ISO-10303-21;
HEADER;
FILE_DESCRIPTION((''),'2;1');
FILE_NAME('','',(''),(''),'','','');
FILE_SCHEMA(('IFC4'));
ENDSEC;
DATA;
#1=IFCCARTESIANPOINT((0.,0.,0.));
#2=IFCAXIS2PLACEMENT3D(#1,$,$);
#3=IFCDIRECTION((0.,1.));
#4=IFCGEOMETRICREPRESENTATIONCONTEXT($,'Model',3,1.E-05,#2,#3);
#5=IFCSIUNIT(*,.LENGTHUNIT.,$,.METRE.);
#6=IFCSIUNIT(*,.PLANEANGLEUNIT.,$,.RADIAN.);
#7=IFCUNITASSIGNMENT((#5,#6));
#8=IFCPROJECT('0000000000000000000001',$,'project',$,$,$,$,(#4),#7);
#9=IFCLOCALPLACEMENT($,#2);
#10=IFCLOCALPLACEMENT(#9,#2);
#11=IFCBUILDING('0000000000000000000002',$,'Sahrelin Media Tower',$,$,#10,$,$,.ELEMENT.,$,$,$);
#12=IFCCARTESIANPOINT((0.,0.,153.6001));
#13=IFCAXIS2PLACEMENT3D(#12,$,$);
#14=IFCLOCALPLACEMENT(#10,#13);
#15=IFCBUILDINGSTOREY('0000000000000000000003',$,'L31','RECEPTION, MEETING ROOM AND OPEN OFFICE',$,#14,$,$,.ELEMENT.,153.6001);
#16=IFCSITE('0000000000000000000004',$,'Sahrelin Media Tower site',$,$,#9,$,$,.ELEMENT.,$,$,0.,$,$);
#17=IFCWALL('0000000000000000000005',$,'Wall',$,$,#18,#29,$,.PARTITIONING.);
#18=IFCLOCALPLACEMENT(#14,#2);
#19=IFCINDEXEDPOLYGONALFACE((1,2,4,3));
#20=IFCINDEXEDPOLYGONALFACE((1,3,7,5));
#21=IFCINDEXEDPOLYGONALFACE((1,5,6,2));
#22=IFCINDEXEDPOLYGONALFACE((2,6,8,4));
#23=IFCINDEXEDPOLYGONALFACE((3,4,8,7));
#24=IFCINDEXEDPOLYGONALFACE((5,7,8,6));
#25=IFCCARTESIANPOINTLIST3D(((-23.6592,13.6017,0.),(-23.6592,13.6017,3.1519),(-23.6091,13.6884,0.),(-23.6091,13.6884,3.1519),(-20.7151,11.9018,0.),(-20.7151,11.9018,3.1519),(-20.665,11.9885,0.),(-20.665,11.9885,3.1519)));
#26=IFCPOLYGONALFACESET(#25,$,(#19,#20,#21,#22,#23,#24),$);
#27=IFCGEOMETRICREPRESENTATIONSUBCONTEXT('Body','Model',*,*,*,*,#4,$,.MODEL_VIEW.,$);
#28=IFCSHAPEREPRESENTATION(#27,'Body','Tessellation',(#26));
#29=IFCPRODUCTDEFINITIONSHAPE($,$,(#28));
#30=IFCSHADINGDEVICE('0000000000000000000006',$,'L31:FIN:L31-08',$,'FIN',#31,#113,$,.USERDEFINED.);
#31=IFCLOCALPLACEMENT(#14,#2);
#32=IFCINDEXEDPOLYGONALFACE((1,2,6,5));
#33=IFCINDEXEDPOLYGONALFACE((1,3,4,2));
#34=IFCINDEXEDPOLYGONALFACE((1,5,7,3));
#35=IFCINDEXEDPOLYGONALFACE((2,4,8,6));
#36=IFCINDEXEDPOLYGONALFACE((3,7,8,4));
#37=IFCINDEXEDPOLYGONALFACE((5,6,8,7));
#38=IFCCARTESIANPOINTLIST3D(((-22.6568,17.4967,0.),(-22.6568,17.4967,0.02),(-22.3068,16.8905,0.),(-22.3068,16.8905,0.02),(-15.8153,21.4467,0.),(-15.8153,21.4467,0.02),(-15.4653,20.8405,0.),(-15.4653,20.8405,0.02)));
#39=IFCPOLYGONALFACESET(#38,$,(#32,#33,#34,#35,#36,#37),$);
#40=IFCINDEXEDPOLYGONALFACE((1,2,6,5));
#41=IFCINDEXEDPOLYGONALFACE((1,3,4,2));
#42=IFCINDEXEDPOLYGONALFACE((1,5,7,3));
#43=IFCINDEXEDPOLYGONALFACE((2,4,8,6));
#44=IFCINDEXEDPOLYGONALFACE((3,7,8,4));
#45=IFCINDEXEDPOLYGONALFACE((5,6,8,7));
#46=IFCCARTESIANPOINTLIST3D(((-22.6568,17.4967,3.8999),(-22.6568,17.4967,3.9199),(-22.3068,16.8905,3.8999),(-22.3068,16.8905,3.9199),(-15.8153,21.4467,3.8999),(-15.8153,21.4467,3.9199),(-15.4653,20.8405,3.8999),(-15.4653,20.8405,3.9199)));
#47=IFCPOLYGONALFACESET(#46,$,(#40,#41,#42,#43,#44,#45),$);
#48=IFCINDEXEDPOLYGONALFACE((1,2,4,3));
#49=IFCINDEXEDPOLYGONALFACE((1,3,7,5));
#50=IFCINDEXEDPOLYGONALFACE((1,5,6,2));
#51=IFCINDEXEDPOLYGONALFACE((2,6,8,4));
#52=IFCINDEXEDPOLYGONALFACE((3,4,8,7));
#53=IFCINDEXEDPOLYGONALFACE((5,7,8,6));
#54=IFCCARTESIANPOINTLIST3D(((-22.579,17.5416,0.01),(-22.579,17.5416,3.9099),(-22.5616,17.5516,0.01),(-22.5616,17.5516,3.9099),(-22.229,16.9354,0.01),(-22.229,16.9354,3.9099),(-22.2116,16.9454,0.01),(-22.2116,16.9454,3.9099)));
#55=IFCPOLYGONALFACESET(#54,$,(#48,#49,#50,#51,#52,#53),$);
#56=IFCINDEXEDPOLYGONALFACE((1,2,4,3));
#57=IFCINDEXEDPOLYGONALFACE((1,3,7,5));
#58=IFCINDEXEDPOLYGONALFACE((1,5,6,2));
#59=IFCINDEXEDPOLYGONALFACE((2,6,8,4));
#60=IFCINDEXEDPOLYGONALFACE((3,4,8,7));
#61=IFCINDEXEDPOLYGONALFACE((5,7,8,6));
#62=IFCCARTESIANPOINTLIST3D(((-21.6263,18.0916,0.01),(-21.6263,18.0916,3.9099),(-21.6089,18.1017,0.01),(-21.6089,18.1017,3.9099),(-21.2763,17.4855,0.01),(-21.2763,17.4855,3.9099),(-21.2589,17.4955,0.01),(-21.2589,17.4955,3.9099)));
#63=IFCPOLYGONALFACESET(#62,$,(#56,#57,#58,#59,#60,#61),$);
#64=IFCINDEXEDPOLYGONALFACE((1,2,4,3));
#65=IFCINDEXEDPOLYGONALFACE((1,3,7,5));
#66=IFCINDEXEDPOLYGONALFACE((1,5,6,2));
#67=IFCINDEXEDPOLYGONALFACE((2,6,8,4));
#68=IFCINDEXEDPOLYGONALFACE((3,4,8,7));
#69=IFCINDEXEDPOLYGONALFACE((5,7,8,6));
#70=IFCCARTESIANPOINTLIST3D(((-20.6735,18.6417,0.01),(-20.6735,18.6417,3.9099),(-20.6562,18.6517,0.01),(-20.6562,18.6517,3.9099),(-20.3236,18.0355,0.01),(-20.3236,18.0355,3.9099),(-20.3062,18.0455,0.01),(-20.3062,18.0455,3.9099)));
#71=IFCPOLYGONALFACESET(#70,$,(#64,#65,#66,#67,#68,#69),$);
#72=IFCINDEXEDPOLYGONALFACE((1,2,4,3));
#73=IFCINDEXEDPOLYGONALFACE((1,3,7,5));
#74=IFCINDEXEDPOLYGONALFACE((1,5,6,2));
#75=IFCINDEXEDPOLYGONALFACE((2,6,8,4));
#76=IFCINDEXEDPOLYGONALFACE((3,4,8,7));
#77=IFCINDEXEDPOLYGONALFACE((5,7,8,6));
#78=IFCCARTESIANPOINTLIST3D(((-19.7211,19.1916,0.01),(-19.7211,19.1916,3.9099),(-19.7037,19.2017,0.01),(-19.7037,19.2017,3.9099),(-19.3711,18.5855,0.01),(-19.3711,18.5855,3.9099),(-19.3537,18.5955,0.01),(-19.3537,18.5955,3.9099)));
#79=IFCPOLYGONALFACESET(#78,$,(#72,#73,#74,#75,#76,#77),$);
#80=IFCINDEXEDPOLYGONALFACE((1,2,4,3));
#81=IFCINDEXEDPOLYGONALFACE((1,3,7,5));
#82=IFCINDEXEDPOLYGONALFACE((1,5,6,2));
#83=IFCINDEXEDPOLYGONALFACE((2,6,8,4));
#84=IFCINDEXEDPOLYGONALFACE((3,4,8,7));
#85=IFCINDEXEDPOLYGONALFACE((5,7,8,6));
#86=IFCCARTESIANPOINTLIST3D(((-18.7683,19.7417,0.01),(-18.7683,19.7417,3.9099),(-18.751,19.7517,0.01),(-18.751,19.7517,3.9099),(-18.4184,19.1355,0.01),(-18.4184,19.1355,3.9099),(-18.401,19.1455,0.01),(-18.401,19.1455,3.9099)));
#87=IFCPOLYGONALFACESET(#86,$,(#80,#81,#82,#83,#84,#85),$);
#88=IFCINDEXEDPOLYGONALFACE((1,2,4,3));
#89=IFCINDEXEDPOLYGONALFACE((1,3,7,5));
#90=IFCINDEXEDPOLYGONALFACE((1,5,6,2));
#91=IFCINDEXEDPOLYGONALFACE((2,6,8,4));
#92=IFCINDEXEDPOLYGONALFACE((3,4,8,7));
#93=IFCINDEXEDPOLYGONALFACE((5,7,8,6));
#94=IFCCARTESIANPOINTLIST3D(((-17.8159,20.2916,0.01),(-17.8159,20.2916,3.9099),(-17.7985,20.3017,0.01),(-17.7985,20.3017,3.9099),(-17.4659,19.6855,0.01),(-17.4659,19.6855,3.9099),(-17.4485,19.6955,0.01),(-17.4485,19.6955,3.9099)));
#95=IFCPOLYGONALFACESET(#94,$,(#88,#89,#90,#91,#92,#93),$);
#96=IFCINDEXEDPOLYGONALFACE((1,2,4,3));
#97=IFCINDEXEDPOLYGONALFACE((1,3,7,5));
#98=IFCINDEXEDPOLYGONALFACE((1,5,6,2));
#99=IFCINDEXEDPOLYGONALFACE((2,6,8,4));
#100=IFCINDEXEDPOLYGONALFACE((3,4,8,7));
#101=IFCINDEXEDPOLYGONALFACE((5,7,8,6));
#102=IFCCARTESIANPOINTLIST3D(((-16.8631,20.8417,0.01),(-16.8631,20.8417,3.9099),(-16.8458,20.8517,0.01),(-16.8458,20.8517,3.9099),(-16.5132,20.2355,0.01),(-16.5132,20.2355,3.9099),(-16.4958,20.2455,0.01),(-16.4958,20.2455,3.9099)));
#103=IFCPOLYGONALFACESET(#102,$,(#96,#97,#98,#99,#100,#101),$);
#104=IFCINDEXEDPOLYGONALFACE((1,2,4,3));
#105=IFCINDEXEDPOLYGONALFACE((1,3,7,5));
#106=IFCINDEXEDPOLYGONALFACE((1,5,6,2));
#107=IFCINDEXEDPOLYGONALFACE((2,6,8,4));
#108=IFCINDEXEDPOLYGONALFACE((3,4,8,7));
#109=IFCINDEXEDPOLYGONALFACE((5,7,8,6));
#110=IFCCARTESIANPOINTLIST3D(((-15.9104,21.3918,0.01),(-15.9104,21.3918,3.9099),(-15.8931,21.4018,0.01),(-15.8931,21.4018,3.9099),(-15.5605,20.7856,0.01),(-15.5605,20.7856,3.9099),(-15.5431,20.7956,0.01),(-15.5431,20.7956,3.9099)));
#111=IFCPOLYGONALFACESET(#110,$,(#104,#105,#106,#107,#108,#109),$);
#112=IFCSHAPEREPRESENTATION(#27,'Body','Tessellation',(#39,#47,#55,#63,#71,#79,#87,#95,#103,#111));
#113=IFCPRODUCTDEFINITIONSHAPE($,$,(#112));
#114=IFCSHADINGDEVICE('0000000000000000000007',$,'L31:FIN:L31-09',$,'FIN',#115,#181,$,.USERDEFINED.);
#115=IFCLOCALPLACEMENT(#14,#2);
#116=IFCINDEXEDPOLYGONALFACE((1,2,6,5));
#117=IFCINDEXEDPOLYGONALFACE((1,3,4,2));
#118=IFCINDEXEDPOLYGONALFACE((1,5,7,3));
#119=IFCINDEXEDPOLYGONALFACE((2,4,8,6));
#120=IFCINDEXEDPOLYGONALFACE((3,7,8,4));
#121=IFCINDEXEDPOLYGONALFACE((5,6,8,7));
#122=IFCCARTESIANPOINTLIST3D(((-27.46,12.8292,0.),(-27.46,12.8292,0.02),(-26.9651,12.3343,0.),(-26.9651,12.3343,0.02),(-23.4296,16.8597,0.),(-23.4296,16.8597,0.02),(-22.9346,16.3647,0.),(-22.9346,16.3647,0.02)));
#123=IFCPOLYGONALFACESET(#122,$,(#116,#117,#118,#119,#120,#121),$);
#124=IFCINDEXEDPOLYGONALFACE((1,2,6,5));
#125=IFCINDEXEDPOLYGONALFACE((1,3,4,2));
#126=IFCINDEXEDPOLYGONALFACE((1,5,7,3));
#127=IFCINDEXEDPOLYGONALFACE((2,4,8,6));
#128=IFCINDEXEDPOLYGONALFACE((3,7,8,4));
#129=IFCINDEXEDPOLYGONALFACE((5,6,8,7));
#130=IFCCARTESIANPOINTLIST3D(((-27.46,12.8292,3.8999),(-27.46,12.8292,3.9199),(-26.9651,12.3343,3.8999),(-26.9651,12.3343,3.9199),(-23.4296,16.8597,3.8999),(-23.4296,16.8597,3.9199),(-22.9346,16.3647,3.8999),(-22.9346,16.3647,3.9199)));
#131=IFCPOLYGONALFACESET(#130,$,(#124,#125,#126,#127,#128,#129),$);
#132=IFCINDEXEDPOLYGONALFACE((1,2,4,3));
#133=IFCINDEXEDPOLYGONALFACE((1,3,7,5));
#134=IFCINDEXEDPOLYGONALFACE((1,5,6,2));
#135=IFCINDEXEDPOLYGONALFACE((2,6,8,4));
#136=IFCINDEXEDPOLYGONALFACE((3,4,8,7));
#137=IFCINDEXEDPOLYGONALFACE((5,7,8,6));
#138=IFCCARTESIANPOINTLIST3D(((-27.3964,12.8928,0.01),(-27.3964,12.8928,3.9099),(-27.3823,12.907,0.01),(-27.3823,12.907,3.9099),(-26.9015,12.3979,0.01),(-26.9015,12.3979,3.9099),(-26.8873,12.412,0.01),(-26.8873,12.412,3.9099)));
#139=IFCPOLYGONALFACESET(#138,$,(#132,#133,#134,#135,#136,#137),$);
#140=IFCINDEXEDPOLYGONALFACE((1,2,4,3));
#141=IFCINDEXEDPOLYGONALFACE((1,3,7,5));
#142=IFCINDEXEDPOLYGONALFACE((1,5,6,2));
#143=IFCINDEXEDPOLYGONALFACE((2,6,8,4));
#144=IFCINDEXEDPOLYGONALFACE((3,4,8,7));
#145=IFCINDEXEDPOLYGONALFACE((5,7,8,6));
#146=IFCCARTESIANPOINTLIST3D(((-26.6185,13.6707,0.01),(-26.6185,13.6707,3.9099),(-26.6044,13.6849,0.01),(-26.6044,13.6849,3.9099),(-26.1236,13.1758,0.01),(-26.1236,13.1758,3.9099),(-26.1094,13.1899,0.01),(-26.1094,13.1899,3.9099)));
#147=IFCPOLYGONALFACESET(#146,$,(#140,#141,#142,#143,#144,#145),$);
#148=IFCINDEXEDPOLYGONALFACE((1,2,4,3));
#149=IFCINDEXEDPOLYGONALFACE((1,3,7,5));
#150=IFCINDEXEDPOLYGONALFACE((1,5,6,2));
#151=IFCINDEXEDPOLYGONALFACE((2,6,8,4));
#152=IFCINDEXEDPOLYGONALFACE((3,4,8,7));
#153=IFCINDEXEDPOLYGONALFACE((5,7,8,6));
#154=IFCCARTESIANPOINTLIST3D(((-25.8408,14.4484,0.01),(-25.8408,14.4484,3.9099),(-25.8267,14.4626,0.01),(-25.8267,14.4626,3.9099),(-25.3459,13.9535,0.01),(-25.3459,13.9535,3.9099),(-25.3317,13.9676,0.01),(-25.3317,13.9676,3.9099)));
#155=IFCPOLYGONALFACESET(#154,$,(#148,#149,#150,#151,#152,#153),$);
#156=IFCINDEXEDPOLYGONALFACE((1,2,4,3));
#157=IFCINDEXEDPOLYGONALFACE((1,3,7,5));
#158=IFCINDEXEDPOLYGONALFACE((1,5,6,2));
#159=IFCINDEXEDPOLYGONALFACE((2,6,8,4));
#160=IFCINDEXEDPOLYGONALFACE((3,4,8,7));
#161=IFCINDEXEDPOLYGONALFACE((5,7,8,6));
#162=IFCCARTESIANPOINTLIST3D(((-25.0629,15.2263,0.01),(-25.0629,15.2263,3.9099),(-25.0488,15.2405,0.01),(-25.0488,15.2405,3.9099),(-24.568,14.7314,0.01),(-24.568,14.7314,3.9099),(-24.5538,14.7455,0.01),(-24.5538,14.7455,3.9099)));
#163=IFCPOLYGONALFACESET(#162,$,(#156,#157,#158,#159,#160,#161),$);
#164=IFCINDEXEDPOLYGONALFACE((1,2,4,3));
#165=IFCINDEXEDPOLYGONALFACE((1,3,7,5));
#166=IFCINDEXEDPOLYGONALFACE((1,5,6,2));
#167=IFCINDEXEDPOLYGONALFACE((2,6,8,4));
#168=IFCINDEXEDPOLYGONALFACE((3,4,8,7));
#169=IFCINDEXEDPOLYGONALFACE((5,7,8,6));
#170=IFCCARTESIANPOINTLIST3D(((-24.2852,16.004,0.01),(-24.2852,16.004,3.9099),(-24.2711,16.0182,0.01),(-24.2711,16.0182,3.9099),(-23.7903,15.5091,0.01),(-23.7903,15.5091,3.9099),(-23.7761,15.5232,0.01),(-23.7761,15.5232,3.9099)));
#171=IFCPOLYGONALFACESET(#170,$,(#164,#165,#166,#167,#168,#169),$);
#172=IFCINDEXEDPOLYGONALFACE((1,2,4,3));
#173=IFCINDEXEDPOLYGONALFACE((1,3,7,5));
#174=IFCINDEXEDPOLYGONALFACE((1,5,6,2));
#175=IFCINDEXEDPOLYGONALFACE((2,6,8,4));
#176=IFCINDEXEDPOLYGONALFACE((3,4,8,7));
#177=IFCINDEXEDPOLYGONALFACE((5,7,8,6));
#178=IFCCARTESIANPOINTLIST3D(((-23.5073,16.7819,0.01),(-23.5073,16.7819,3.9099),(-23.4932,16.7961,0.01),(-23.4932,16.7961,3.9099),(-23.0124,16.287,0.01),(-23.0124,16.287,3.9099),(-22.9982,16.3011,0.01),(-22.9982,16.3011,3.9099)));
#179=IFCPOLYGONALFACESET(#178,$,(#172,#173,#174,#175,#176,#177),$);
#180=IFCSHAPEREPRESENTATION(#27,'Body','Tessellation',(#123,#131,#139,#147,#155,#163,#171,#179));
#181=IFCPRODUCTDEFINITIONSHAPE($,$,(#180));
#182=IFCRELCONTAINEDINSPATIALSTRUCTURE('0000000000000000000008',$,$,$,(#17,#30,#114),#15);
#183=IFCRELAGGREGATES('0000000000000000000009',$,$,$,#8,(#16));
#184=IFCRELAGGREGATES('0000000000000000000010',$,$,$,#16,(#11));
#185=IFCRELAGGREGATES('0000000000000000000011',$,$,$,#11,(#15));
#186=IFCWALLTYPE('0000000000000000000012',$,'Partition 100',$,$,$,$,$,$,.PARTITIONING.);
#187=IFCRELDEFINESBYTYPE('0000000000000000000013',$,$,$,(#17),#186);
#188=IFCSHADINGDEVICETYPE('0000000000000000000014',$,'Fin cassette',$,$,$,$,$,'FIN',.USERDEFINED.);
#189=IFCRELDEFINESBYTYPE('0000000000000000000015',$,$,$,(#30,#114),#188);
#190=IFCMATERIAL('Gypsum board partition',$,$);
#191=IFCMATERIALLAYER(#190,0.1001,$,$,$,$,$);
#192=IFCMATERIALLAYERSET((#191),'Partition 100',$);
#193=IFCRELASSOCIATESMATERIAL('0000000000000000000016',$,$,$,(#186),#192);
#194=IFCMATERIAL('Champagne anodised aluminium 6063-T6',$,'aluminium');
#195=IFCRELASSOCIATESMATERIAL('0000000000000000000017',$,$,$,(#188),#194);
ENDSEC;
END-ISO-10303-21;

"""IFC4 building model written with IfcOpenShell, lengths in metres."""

from ifc_helpers import new_model, si_unit, direction, frame, frame_2d, origin, origin_2d, place, context, subcontext, project, spatial, rectangle, extrude, material, layer, layer_set, type_object, element, save


model = new_model("IFC4")

# Units and contexts
model_context = context("Model", 3, precision=1e-05, world=origin(), true_north=direction((0.0, 1.0)))
body_context = subcontext(model_context, "Body", "Model", "MODEL_VIEW")
ifc_project = project(units=[si_unit("LENGTHUNIT", "METRE"), si_unit("PLANEANGLEUNIT", "RADIAN")], contexts=[model_context])

# Site, building, storey
site_placement = place(None, origin())
site = spatial("IfcSite", under=ifc_project, at=site_placement, Name="Sahrelin Media Tower site", CompositionType="ELEMENT", RefElevation=0.0)
building_placement = place(site_placement, origin())
building = spatial("IfcBuilding", under=site, at=building_placement, Name="Sahrelin Media Tower", CompositionType="ELEMENT")
storey_placement = place(building_placement, frame((0.0, 0.0, 153.6001)))
storey = spatial("IfcBuildingStorey", under=building, at=storey_placement, Name="L31", Description="RECEPTION, MEETING ROOM AND OPEN OFFICE", CompositionType="ELEMENT", Elevation=153.6001)

# Shared definitions
ifc_material_1 = material(Name="Champagne anodised aluminium 6063-T6", Category="aluminium")

# Wall
ifc_material_2 = material(Name="Gypsum board partition")
ifc_layer_1 = layer(ifc_material_2, 0.1001)
ifc_layer_set_1 = layer_set([ifc_layer_1], Name="Partition 100")
wall_type_1 = type_object("IfcWallType", Name="Partition 100", PredefinedType="PARTITIONING", material=ifc_layer_set_1)
wall_1_placement = place(storey_placement, frame((-23.634, 13.645, 0.0), z_axis=(0.0, 0.0, 1.0), x_axis=(0.866003, -0.500039, 0.0)))
element("IfcWall", 1, at=wall_1_placement, inside=storey, type_object=wall_type_1, Name="Wall", PredefinedType="PARTITIONING", context=body_context, shape_type="SweptSolid", body=[
    extrude(rectangle(XDim=3.3997, YDim=0.1001, at=frame_2d((1.6997, 0.0))), origin(), (0.0, 0.0, 1.0), 3.1519),
])

# Shading devices
shading_device_type_1 = type_object("IfcShadingDeviceType", Name="Fin cassette", ElementType="FIN", PredefinedType="USERDEFINED", material=ifc_material_1)
placement_1 = place(storey_placement, frame((-18.8511, 18.8049, 0.0), z_axis=(0.0, 0.0, 1.0), x_axis=(0.866019, 0.500011, 0.0)))
element("IfcShadingDevice", 2, at=placement_1, inside=storey, type_object=shading_device_type_1, Name="L31:FIN:L31-08", ObjectType="FIN", PredefinedType="USERDEFINED", context=body_context, shape_type="SweptSolid", body=[
    extrude(rectangle(XDim=7.8999, YDim=0.7, at=origin_2d()), frame((0.0, 0.4199, 0.0)), (0.0, 0.0, 1.0), 0.02),
    extrude(rectangle(XDim=7.8999, YDim=0.7, at=origin_2d()), frame((0.0, 0.4199, 3.8999)), (0.0, 0.0, 1.0), 0.02),
    extrude(rectangle(XDim=0.02, YDim=0.7, at=origin_2d()), frame((-3.8501, 0.4199, 0.01), z_axis=(0.0, 0.0, 1.0), x_axis=(1.0, 0.0, 0.0)), (0.0, 0.0, 1.0), 3.8999),
    extrude(rectangle(XDim=0.02, YDim=0.7, at=origin_2d()), frame((-2.75, 0.4199, 0.01), z_axis=(0.0, 0.0, 1.0), x_axis=(1.0, 0.0, 0.0)), (0.0, 0.0, 1.0), 3.8999),
    extrude(rectangle(XDim=0.02, YDim=0.7, at=origin_2d()), frame((-1.6499, 0.4199, 0.01), z_axis=(0.0, 0.0, 1.0), x_axis=(1.0, 0.0, 0.0)), (0.0, 0.0, 1.0), 3.8999),
    extrude(rectangle(XDim=0.02, YDim=0.7, at=origin_2d()), frame((-0.55, 0.4199, 0.01), z_axis=(0.0, 0.0, 1.0), x_axis=(1.0, 0.0, 0.0)), (0.0, 0.0, 1.0), 3.8999),
    extrude(rectangle(XDim=0.02, YDim=0.7, at=origin_2d()), frame((0.55, 0.4199, 0.01), z_axis=(0.0, 0.0, 1.0), x_axis=(1.0, 0.0, 0.0)), (0.0, 0.0, 1.0), 3.8999),
    extrude(rectangle(XDim=0.02, YDim=0.7, at=origin_2d()), frame((1.6499, 0.4199, 0.01), z_axis=(0.0, 0.0, 1.0), x_axis=(1.0, 0.0, 0.0)), (0.0, 0.0, 1.0), 3.8999),
    extrude(rectangle(XDim=0.02, YDim=0.7, at=origin_2d()), frame((2.75, 0.4199, 0.01), z_axis=(0.0, 0.0, 1.0), x_axis=(1.0, 0.0, 0.0)), (0.0, 0.0, 1.0), 3.8999),
    extrude(rectangle(XDim=0.02, YDim=0.7, at=origin_2d()), frame((3.8501, 0.4199, 0.01), z_axis=(0.0, 0.0, 1.0), x_axis=(1.0, 0.0, 0.0)), (0.0, 0.0, 1.0), 3.8999),
])
placement_2 = place(storey_placement, frame((-24.9004, 14.3, 0.0), z_axis=(0.0, 0.0, 1.0), x_axis=(0.707107, 0.707107, 0.0)))
element("IfcShadingDevice", 3, at=placement_2, inside=storey, type_object=shading_device_type_1, Name="L31:FIN:L31-09", ObjectType="FIN", PredefinedType="USERDEFINED", context=body_context, shape_type="SweptSolid", body=[
    extrude(rectangle(XDim=5.7, YDim=0.7, at=origin_2d()), frame((0.0, 0.4199, 0.0)), (0.0, 0.0, 1.0), 0.02),
    extrude(rectangle(XDim=5.7, YDim=0.7, at=origin_2d()), frame((0.0, 0.4199, 3.8999)), (0.0, 0.0, 1.0), 0.02),
    extrude(rectangle(XDim=0.02, YDim=0.7, at=origin_2d()), frame((-2.75, 0.4199, 0.01), z_axis=(0.0, 0.0, 1.0), x_axis=(1.0, 0.0, 0.0)), (0.0, 0.0, 1.0), 3.8999),
    extrude(rectangle(XDim=0.02, YDim=0.7, at=origin_2d()), frame((-1.6499, 0.4199, 0.01), z_axis=(0.0, 0.0, 1.0), x_axis=(1.0, 0.0, 0.0)), (0.0, 0.0, 1.0), 3.8999),
    extrude(rectangle(XDim=0.02, YDim=0.7, at=origin_2d()), frame((-0.55, 0.4199, 0.01), z_axis=(0.0, 0.0, 1.0), x_axis=(1.0, 0.0, 0.0)), (0.0, 0.0, 1.0), 3.8999),
    extrude(rectangle(XDim=0.02, YDim=0.7, at=origin_2d()), frame((0.55, 0.4199, 0.01), z_axis=(0.0, 0.0, 1.0), x_axis=(1.0, 0.0, 0.0)), (0.0, 0.0, 1.0), 3.8999),
    extrude(rectangle(XDim=0.02, YDim=0.7, at=origin_2d()), frame((1.6499, 0.4199, 0.01), z_axis=(0.0, 0.0, 1.0), x_axis=(1.0, 0.0, 0.0)), (0.0, 0.0, 1.0), 3.8999),
    extrude(rectangle(XDim=0.02, YDim=0.7, at=origin_2d()), frame((2.75, 0.4199, 0.01), z_axis=(0.0, 0.0, 1.0), x_axis=(1.0, 0.0, 0.0)), (0.0, 0.0, 1.0), 3.8999),
])

save(model, "model.ifc")
